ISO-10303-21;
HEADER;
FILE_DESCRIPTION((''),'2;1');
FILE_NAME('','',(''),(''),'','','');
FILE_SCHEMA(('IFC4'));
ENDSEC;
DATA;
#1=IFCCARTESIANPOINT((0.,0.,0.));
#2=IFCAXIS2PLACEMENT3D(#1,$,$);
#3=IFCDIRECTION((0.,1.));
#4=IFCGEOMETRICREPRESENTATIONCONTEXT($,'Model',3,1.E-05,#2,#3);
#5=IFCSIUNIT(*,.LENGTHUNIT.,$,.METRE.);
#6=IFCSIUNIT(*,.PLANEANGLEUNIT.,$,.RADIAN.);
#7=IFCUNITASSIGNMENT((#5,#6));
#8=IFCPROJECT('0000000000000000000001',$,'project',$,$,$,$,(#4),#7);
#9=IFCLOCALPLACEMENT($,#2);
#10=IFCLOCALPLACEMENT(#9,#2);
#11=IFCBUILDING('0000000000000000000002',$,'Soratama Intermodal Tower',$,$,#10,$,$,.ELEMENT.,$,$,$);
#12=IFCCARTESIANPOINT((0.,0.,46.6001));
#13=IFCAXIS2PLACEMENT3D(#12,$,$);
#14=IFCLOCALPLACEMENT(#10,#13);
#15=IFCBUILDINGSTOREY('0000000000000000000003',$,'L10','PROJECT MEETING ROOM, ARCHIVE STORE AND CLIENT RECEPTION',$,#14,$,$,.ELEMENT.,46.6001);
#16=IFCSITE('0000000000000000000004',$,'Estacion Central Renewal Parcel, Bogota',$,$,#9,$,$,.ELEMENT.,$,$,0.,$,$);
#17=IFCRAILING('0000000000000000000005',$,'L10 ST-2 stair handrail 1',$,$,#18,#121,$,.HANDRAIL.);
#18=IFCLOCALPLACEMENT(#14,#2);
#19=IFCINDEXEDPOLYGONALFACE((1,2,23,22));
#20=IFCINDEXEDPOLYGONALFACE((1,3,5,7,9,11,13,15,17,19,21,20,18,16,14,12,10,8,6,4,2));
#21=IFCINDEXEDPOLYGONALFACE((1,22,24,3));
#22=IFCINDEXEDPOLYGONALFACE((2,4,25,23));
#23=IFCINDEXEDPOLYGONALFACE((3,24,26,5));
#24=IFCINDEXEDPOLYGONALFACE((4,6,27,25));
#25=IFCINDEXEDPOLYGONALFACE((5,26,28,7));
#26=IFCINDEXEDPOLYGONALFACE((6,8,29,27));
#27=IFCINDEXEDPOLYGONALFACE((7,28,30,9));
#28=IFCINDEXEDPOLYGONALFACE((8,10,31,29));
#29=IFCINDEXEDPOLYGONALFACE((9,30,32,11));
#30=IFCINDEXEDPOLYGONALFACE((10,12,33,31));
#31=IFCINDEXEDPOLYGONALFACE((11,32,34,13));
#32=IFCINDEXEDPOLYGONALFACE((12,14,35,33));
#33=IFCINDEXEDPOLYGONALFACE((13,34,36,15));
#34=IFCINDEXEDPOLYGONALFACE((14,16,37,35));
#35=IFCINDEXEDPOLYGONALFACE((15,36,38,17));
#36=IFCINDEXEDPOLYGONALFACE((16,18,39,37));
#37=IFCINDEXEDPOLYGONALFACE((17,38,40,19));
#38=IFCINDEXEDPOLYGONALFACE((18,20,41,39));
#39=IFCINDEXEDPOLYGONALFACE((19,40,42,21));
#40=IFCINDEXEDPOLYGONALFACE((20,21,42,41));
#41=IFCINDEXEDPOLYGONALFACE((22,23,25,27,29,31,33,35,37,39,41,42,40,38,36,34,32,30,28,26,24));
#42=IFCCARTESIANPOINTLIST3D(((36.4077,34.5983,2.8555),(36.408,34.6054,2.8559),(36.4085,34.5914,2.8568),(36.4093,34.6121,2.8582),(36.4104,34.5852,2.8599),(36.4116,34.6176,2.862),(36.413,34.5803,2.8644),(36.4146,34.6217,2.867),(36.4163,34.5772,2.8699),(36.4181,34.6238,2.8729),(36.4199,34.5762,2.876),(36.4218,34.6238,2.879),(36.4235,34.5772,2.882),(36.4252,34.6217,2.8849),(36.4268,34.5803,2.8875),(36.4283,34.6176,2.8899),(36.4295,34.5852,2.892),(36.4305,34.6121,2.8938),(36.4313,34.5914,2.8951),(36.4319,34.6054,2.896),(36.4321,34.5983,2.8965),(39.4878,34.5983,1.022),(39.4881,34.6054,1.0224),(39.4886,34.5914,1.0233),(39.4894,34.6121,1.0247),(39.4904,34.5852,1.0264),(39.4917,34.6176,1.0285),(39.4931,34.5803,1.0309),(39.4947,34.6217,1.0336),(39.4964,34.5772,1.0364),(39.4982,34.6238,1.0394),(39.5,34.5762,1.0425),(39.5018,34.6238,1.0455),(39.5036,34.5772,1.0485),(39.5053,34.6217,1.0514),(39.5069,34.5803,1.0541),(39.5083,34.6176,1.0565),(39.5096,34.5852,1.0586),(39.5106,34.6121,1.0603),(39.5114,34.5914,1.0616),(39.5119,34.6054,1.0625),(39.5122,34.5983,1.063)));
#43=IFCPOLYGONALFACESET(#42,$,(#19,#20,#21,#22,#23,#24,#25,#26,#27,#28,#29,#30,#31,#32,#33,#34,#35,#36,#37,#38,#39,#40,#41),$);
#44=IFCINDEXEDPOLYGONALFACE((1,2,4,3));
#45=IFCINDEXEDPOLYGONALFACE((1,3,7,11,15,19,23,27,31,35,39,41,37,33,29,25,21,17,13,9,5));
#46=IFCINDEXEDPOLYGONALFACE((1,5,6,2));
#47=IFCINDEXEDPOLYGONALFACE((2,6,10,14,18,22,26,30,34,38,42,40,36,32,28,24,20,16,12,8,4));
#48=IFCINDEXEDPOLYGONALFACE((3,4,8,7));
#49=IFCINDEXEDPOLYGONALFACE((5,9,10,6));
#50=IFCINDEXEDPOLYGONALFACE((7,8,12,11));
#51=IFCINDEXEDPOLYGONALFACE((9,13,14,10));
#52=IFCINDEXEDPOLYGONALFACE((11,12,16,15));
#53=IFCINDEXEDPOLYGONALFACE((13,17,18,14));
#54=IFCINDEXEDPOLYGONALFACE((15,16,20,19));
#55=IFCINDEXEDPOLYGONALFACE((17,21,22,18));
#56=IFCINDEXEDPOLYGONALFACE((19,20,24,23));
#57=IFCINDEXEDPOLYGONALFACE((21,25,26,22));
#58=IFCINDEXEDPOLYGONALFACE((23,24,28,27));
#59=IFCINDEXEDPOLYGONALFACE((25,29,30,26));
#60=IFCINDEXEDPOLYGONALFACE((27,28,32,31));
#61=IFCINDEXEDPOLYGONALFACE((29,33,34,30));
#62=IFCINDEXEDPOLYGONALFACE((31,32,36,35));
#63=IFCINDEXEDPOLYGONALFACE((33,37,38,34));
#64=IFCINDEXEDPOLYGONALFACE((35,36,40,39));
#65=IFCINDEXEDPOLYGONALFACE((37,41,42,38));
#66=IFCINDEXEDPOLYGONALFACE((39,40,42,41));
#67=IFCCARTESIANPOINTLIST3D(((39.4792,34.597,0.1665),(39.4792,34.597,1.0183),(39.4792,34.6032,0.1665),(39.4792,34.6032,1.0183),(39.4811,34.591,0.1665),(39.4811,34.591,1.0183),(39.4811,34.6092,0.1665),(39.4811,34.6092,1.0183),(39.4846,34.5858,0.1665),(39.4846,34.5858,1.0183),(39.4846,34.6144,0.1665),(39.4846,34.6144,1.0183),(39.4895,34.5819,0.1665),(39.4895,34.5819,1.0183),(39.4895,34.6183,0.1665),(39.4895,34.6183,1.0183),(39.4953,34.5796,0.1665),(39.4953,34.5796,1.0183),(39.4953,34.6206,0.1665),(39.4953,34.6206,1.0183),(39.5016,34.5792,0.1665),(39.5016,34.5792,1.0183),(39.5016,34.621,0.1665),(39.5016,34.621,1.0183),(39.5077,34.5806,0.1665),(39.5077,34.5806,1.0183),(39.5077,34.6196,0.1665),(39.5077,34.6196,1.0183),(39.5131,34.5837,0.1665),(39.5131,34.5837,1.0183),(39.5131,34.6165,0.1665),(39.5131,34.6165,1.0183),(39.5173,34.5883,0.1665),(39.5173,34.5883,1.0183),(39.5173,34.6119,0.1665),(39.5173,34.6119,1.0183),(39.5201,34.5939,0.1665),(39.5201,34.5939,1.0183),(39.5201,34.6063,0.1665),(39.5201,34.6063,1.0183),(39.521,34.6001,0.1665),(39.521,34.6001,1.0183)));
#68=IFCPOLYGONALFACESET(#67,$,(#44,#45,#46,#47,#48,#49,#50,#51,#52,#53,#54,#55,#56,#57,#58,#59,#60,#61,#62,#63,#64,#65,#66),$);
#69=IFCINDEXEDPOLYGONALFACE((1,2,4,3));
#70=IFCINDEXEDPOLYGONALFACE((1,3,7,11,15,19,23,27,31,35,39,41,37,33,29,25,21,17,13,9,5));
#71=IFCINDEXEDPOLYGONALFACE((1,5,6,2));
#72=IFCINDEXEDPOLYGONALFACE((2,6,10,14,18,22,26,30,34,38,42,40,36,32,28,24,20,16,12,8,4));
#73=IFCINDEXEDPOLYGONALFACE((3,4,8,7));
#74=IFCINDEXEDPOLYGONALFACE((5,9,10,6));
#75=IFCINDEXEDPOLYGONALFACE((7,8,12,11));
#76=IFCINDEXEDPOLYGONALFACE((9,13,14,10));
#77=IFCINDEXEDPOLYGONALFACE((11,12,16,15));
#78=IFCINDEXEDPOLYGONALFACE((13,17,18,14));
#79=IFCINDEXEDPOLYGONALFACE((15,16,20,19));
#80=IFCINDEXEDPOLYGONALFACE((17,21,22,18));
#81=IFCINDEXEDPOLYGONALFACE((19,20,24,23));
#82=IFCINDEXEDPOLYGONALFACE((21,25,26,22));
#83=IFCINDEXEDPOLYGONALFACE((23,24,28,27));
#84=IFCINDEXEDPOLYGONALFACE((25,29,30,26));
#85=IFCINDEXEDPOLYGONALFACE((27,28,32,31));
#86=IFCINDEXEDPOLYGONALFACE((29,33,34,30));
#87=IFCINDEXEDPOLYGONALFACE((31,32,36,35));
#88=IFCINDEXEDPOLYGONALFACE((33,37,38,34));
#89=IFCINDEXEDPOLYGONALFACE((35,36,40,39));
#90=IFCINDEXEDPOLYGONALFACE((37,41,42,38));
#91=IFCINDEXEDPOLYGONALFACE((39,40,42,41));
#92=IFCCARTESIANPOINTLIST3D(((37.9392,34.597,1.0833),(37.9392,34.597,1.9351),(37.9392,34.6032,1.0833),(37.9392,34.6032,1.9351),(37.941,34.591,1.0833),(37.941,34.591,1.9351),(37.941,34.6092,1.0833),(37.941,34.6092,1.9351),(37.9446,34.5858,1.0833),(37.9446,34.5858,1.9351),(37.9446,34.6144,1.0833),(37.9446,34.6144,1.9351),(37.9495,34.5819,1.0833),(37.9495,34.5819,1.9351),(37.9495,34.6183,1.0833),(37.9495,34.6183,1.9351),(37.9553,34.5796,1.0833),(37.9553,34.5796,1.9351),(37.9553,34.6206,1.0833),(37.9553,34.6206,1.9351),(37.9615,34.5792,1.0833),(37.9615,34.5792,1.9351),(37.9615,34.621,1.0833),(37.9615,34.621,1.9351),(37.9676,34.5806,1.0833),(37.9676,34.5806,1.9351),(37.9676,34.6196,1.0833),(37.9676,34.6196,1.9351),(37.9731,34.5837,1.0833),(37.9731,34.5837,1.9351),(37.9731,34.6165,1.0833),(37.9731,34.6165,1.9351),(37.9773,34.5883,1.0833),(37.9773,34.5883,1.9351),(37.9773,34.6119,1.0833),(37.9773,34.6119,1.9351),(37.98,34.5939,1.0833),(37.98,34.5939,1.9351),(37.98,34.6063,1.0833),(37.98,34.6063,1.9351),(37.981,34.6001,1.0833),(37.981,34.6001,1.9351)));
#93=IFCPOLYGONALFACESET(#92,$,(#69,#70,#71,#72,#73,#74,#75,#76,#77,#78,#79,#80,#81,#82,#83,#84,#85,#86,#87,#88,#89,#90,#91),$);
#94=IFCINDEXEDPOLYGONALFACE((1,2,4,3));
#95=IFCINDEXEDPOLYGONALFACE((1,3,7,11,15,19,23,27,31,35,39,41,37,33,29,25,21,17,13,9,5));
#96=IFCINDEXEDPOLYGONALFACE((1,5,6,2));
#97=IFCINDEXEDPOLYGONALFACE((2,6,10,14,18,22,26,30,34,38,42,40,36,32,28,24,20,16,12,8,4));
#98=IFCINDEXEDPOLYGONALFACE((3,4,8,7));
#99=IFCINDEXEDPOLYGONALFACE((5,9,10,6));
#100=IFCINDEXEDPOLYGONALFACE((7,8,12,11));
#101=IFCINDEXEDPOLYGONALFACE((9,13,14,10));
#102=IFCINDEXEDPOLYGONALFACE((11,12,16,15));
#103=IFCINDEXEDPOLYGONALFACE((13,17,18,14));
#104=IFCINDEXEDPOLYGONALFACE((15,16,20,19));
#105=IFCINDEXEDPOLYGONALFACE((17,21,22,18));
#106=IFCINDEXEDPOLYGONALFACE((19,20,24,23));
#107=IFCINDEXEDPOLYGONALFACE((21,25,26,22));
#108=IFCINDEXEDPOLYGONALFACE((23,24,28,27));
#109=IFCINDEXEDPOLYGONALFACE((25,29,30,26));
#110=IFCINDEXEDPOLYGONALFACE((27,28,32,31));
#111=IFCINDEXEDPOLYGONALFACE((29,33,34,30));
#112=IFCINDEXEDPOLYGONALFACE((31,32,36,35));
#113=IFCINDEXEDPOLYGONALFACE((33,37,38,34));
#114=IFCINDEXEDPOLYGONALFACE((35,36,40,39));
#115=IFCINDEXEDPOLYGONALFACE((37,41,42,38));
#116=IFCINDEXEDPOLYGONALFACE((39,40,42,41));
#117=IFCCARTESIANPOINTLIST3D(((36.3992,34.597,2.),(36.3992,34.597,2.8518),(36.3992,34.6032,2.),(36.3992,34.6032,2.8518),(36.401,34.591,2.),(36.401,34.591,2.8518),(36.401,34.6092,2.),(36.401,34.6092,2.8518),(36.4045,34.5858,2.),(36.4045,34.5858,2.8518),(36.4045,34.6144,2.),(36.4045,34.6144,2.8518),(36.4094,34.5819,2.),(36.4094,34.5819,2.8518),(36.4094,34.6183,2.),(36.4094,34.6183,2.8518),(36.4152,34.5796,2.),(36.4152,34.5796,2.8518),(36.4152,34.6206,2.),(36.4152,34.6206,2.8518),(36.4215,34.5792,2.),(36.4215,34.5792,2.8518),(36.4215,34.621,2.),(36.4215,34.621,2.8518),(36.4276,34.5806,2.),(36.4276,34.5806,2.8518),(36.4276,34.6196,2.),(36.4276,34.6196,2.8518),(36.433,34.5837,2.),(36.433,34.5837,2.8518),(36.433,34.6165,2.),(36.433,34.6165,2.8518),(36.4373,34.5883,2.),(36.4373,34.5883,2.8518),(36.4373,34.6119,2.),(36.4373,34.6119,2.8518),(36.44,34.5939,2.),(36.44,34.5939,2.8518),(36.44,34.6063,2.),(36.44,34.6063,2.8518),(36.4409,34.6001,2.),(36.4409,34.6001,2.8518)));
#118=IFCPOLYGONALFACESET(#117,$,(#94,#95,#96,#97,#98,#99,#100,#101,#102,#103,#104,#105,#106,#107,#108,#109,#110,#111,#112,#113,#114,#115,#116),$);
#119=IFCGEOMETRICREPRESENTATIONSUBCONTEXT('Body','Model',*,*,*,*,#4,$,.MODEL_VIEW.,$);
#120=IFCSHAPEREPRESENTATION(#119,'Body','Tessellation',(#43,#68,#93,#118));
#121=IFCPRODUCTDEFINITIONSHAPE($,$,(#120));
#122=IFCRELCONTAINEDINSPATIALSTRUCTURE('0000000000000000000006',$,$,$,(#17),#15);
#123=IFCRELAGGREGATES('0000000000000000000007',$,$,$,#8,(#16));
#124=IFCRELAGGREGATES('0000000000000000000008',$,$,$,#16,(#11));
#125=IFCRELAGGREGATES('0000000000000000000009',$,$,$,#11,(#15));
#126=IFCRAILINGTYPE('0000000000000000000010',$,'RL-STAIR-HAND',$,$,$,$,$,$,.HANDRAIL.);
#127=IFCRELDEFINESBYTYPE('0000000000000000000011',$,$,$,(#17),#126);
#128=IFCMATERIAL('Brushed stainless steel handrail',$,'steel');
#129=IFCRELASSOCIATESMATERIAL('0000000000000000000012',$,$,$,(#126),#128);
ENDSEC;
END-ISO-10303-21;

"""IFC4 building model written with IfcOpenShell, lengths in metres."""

from ifc_helpers import new_model, si_unit, direction, frame, origin, origin_2d, place, context, subcontext, project, spatial, circle, extrude, material, type_object, element, save


model = new_model("IFC4")

# Units and contexts
model_context = context("Model", 3, precision=1e-05, world=origin(), true_north=direction((0.0, 1.0)))
body_context = subcontext(model_context, "Body", "Model", "MODEL_VIEW")
ifc_project = project(units=[si_unit("LENGTHUNIT", "METRE"), si_unit("PLANEANGLEUNIT", "RADIAN")], contexts=[model_context])

# Site, building, storey
site_placement = place(None, origin())
site = spatial("IfcSite", under=ifc_project, at=site_placement, Name="Estacion Central Renewal Parcel, Bogota", CompositionType="ELEMENT", RefElevation=0.0)
building_placement = place(site_placement, origin())
building = spatial("IfcBuilding", under=site, at=building_placement, Name="Soratama Intermodal Tower", CompositionType="ELEMENT")
storey_placement = place(building_placement, frame((0.0, 0.0, 46.6001)))
storey = spatial("IfcBuildingStorey", under=building, at=storey_placement, Name="L10", Description="PROJECT MEETING ROOM, ARCHIVE STORE AND CLIENT RECEPTION", CompositionType="ELEMENT", Elevation=46.6001)

# Railing
ifc_material_1 = material(Name="Brushed stainless steel handrail", Category="steel")
railing_type_1 = type_object("IfcRailingType", Name="RL-STAIR-HAND", PredefinedType="HANDRAIL", material=ifc_material_1)
railing_1_placement = place(storey_placement, frame((39.5, 34.6001, 0.1665)))
element("IfcRailing", 1, at=railing_1_placement, inside=storey, type_object=railing_type_1, Name="L10 ST-2 stair handrail 1", PredefinedType="HANDRAIL", context=body_context, shape_type="SweptSolid", body=[
    extrude(circle(Radius=0.0239, at=origin_2d()), frame((0.0, 0.0, 0.876), z_axis=(-0.859279, 0.0, 0.511508), x_axis=(0.0, -1.0, 0.0)), (0.0, 0.0, 1.0), 3.5845),
    extrude(circle(Radius=0.021, at=origin_2d()), origin(), (0.0, 0.0, 1.0), 0.8518),
    extrude(circle(Radius=0.021, at=origin_2d()), frame((-1.54, 0.0, 0.9167)), (0.0, 0.0, 1.0), 0.8518),
    extrude(circle(Radius=0.021, at=origin_2d()), frame((-3.0801, 0.0, 1.8335)), (0.0, 0.0, 1.0), 0.8518),
])

save(model, "model.ifc")
